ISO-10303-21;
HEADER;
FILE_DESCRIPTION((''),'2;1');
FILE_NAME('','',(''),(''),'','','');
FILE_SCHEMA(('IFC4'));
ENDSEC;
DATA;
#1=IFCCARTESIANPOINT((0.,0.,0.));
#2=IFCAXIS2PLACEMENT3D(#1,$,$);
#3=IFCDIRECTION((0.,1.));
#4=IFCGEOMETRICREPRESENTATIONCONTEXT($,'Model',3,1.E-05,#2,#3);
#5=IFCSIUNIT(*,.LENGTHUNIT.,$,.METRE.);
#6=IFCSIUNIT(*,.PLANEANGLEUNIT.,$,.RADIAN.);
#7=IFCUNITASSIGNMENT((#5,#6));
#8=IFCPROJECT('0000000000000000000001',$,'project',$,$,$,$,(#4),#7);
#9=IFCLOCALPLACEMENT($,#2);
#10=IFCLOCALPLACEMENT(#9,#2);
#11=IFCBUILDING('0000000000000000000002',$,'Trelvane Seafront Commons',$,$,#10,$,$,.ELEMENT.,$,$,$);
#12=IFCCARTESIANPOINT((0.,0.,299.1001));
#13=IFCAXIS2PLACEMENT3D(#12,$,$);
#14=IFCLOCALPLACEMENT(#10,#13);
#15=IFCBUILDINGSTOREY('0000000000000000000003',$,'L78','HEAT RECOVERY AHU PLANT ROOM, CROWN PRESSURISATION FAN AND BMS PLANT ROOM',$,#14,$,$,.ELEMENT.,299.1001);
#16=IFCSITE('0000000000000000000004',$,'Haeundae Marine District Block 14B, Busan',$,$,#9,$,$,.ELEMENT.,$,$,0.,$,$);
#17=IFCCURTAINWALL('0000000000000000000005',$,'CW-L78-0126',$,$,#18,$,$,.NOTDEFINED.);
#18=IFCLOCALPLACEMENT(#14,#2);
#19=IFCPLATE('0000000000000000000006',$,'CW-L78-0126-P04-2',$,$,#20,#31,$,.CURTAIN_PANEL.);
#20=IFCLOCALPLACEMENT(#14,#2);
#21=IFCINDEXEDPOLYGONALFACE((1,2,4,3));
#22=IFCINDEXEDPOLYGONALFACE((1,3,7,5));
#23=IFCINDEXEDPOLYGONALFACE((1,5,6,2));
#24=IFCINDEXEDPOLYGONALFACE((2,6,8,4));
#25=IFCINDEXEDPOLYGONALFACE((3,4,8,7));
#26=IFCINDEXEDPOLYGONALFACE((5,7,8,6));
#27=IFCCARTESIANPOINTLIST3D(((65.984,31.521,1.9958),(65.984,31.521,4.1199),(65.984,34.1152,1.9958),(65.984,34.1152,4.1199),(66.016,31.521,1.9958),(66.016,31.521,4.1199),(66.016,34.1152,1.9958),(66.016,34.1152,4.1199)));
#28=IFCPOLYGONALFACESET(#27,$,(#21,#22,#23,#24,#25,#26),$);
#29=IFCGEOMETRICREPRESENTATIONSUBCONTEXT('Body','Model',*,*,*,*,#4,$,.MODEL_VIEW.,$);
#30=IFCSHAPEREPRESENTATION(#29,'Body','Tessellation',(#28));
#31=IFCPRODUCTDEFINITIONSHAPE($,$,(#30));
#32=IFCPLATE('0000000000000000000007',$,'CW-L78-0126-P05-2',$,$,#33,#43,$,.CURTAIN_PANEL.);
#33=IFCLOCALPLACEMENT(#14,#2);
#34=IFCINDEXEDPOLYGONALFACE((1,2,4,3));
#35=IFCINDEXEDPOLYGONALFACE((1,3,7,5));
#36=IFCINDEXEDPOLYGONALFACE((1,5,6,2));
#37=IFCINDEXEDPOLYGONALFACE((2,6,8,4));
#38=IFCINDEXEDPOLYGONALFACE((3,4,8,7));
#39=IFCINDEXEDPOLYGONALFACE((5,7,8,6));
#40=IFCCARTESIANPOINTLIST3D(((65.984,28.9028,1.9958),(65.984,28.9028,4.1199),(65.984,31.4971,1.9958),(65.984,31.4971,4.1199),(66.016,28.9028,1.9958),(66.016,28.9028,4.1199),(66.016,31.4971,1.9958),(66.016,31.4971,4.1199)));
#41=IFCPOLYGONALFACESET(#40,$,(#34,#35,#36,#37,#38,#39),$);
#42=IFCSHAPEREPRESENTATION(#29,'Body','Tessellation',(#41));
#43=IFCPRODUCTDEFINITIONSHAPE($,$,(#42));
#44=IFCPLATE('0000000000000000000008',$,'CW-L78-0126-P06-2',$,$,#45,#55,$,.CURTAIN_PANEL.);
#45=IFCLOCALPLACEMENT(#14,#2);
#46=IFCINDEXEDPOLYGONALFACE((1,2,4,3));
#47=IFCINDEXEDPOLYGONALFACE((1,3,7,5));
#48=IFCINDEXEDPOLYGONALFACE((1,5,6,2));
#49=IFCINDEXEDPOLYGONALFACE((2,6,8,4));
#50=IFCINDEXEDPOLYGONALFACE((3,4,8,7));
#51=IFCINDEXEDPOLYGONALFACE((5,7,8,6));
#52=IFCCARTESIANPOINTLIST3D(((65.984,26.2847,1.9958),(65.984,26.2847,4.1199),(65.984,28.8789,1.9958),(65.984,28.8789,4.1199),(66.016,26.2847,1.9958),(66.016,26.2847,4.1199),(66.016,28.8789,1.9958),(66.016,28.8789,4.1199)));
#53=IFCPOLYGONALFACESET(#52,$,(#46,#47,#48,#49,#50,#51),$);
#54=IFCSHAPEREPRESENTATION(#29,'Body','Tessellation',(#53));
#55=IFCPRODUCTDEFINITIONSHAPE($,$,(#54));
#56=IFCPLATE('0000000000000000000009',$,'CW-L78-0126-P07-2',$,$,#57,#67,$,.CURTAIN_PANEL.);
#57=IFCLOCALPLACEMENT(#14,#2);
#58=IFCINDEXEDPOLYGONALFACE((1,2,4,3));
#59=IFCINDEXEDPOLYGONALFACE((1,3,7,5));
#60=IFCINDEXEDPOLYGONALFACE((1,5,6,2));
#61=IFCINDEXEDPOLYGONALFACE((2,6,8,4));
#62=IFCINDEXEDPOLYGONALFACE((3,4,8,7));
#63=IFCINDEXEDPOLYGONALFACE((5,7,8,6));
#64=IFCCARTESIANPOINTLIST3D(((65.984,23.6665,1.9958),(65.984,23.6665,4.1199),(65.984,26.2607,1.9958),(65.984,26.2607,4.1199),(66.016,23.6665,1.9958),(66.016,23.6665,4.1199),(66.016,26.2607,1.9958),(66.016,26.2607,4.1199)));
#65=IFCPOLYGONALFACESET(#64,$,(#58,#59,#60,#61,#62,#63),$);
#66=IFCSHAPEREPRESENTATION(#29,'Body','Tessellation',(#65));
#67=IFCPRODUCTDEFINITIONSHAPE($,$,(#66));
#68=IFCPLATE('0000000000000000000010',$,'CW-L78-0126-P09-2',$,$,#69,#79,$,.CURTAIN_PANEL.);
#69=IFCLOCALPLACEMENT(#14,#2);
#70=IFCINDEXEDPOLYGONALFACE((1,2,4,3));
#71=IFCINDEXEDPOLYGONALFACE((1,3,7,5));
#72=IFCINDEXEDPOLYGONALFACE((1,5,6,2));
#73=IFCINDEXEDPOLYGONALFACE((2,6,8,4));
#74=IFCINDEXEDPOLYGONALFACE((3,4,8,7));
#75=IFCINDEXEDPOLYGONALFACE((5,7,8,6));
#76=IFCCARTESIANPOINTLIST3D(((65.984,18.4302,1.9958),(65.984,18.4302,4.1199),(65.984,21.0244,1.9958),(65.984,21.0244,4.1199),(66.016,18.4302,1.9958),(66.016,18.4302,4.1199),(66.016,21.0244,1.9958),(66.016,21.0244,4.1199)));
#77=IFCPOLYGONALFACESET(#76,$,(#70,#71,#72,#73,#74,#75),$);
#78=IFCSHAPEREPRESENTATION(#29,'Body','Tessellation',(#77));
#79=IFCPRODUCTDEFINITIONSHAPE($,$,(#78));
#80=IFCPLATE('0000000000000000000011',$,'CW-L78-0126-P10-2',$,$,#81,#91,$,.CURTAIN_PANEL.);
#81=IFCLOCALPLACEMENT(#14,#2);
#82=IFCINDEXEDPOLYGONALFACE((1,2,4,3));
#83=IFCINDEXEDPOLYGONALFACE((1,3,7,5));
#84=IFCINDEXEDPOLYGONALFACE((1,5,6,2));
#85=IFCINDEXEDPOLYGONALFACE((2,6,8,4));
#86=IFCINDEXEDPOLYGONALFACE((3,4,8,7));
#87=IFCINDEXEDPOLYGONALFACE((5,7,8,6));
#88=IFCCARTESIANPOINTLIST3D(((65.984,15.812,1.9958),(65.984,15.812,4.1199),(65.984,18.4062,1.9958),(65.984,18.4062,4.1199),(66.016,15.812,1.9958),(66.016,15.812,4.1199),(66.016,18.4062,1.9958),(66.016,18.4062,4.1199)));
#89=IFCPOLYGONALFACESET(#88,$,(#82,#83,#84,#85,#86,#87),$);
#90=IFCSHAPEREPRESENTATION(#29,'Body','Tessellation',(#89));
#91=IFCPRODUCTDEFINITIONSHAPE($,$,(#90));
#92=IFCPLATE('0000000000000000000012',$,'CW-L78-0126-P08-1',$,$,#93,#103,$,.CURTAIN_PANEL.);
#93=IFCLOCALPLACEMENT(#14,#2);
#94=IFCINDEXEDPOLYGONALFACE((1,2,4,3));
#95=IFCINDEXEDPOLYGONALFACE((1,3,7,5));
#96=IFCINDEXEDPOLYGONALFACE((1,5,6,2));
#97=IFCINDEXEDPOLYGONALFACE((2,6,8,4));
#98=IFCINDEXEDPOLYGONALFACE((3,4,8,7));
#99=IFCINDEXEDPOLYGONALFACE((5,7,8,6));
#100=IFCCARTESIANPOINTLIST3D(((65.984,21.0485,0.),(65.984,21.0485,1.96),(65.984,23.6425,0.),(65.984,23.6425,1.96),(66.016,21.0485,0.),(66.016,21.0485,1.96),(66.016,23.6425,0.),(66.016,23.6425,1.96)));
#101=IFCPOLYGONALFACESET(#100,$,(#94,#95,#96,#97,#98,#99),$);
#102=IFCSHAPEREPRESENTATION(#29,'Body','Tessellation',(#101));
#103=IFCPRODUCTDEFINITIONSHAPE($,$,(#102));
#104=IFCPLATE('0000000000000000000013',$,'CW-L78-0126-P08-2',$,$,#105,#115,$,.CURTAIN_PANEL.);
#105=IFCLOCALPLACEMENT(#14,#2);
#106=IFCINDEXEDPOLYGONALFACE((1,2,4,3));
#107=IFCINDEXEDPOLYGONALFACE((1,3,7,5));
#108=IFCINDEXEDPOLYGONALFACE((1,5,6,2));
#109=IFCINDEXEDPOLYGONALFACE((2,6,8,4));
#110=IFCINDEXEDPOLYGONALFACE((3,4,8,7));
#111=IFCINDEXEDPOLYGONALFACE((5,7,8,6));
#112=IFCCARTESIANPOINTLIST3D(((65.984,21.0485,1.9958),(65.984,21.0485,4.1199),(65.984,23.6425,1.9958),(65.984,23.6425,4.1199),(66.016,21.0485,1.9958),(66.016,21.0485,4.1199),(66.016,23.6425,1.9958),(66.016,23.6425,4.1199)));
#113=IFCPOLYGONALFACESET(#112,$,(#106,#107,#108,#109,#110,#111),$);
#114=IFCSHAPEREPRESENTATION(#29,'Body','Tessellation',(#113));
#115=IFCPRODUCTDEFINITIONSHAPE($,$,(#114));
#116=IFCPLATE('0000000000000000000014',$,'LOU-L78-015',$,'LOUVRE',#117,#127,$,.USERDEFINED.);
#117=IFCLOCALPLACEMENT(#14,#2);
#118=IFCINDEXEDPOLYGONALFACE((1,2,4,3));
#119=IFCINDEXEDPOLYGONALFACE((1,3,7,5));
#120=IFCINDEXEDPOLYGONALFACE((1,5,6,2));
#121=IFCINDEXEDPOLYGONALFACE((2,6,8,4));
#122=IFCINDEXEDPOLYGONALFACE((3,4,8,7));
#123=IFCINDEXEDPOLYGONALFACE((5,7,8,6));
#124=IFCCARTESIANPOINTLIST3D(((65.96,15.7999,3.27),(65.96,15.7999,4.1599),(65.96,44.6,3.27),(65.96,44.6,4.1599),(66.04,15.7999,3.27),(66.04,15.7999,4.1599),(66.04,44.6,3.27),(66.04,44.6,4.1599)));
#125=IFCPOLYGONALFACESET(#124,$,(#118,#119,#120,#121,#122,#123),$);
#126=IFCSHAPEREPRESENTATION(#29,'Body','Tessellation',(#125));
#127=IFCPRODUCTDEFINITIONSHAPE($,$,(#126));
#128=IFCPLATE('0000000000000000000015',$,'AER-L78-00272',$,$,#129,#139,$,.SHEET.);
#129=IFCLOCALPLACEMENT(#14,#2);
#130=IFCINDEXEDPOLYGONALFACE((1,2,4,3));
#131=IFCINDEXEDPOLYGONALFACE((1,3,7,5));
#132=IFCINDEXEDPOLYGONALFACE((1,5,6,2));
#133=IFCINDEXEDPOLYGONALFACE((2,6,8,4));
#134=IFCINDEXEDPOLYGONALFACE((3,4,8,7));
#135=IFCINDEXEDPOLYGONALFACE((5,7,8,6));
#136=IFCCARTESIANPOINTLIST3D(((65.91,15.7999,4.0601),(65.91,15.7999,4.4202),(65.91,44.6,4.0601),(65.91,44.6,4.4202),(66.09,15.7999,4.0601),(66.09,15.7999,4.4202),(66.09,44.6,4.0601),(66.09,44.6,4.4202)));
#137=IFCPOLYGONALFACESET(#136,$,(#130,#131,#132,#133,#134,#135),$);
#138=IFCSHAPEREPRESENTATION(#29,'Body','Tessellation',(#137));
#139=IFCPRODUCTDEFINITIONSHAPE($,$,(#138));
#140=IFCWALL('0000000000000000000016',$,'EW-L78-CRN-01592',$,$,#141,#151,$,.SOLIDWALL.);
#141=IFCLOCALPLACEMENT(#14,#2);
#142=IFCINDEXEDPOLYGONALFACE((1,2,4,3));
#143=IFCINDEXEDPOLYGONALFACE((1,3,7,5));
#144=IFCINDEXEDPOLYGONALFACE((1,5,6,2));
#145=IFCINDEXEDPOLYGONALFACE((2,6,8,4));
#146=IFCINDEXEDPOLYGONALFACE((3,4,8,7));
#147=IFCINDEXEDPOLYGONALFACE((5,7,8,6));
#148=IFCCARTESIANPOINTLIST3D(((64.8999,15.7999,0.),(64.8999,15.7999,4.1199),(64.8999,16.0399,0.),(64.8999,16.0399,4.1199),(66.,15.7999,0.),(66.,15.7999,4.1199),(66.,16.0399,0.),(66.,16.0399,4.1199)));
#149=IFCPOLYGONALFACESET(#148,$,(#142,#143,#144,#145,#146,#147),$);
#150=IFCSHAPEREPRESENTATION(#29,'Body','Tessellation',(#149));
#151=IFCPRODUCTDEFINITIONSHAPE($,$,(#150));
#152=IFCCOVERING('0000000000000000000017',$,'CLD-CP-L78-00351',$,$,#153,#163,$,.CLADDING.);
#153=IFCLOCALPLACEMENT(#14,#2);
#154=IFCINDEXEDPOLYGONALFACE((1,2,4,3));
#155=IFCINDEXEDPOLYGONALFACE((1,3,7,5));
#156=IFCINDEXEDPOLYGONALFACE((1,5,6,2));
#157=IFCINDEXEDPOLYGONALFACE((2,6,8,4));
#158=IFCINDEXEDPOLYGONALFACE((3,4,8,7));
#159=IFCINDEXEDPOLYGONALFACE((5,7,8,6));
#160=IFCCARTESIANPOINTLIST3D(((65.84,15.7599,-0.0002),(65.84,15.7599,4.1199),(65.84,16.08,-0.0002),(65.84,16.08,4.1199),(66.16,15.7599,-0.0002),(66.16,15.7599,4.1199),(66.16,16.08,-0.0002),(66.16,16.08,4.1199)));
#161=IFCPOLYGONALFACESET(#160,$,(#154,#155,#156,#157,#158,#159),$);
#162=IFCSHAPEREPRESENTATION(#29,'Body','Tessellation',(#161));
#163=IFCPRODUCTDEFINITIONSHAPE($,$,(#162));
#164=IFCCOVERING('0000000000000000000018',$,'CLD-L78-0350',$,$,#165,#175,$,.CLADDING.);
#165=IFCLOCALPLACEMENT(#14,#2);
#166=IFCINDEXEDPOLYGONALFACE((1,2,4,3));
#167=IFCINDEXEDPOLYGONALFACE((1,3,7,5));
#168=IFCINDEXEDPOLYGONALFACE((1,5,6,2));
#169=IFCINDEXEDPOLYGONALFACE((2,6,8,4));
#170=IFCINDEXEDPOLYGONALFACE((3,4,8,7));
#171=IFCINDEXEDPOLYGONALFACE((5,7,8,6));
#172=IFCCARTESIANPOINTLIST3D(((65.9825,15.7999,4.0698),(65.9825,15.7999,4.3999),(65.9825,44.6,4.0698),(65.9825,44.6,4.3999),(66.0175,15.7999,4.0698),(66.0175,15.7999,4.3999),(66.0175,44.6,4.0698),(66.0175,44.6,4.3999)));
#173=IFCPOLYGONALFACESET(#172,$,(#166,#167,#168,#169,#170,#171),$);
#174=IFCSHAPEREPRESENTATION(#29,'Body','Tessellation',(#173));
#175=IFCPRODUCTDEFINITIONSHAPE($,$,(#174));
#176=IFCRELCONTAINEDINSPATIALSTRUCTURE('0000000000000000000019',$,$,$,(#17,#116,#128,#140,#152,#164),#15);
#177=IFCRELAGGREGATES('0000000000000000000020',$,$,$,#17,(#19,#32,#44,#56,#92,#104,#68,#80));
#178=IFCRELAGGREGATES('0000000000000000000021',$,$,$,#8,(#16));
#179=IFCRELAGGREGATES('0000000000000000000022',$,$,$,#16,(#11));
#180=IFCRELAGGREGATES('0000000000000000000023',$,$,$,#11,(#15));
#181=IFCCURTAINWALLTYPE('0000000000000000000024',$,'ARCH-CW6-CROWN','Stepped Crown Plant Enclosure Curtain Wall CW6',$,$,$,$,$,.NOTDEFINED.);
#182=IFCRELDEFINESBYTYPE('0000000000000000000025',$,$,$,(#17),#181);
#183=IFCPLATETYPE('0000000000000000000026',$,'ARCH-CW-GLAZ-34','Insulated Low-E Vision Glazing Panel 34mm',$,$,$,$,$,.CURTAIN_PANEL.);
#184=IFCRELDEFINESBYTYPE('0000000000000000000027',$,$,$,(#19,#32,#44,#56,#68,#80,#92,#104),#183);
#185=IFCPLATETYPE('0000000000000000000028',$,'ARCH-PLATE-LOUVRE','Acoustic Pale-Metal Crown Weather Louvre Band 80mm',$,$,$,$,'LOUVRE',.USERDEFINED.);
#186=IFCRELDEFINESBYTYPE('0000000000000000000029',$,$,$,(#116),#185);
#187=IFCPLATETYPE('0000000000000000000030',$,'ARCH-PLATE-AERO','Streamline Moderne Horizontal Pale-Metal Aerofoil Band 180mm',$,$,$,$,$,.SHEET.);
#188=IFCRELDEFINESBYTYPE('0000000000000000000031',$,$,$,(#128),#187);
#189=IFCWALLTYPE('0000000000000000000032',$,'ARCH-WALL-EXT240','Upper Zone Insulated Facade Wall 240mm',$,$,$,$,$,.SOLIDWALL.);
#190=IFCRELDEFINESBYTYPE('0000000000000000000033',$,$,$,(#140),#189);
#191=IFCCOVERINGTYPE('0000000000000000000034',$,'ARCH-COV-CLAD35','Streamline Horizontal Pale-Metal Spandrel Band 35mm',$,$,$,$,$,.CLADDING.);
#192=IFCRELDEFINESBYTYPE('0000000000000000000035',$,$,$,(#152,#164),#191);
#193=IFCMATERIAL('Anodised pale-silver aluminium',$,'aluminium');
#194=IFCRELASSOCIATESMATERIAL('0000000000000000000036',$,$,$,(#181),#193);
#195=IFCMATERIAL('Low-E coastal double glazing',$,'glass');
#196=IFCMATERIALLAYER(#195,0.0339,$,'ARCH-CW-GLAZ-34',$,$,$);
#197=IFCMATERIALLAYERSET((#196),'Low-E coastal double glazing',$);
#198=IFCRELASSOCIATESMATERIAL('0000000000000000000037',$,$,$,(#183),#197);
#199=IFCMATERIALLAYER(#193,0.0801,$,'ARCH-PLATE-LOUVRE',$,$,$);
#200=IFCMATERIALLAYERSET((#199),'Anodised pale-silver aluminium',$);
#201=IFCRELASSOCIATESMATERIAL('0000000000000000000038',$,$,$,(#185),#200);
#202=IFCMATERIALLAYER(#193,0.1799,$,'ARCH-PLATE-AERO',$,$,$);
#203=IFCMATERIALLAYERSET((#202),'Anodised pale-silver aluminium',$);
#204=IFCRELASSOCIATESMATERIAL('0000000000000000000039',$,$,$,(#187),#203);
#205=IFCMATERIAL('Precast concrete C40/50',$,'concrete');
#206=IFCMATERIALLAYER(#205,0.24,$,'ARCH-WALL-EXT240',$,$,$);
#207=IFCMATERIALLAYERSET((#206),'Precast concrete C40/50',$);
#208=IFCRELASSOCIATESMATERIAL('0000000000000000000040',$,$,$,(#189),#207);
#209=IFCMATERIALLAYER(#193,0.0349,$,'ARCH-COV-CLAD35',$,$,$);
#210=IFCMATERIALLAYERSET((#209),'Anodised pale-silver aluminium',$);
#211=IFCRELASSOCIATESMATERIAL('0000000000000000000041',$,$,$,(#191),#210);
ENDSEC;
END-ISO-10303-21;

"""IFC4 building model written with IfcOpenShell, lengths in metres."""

from ifc_helpers import new_model, si_unit, direction, frame, frame_2d, origin, origin_2d, place, context, subcontext, project, spatial, rectangle, extrude, source, transform, mapped, material, layer, layer_set, type_object, element, aggregate, save


model = new_model("IFC4")

# Units and contexts
model_context = context("Model", 3, precision=1e-05, world=origin(), true_north=direction((0.0, 1.0)))
body_context = subcontext(model_context, "Body", "Model", "MODEL_VIEW")
ifc_project = project(units=[si_unit("LENGTHUNIT", "METRE"), si_unit("PLANEANGLEUNIT", "RADIAN")], contexts=[model_context])

# Site, building, storey
site_placement = place(None, origin())
site = spatial("IfcSite", under=ifc_project, at=site_placement, Name="Haeundae Marine District Block 14B, Busan", CompositionType="ELEMENT", RefElevation=0.0)
building_placement = place(site_placement, origin())
building = spatial("IfcBuilding", under=site, at=building_placement, Name="Trelvane Seafront Commons", CompositionType="ELEMENT")
storey_placement = place(building_placement, frame((0.0, 0.0, 299.1001)))
storey = spatial("IfcBuildingStorey", under=building, at=storey_placement, Name="L78", Description="HEAT RECOVERY AHU PLANT ROOM, CROWN PRESSURISATION FAN AND BMS PLANT ROOM", CompositionType="ELEMENT", Elevation=299.1001)

# Curtain wall
ifc_material_1 = material(Name="Anodised pale-silver aluminium", Category="aluminium")
curtain_wall_type = type_object("IfcCurtainWallType", Name="ARCH-CW6-CROWN", Description="Stepped Crown Plant Enclosure Curtain Wall CW6", PredefinedType="NOTDEFINED", material=ifc_material_1)
curtain_wall_placement = place(storey_placement, origin())
curtain_wall = element("IfcCurtainWall", 1, at=curtain_wall_placement, inside=storey, type_object=curtain_wall_type, Name="CW-L78-0126", PredefinedType="NOTDEFINED")

# Plates
ifc_material_2 = material(Name="Low-E coastal double glazing", Category="glass")
ifc_layer_1 = layer(ifc_material_2, 0.0339, Name="ARCH-CW-GLAZ-34")
ifc_layer_set_1 = layer_set([ifc_layer_1], Name="Low-E coastal double glazing")
plate_type_1 = type_object("IfcPlateType", Name="ARCH-CW-GLAZ-34", Description="Insulated Low-E Vision Glazing Panel 34mm", PredefinedType="CURTAIN_PANEL", material=ifc_layer_set_1)
shared_shape_1 = source(origin(), body_context, "Body", "SweptSolid", [
    extrude(rectangle(XDim=2.5942, YDim=0.032, at=origin_2d()), origin(), (0.0, 0.0, 1.0), 2.124),
])
plate_1_placement = place(storey_placement, frame((66.0, 32.8181, 1.9958), z_axis=(0.0, 0.0, 1.0), x_axis=(0.0, -1.0, 0.0)))
plate_1 = element("IfcPlate", 2, at=plate_1_placement, type_object=plate_type_1, Name="CW-L78-0126-P04-2", PredefinedType="CURTAIN_PANEL", context=body_context, shape_type="MappedRepresentation", body=[
    mapped(shared_shape_1, transform((0.0, 0.0, 0.0), x_axis=(1.0, 0.0, 0.0), y_axis=(0.0, 1.0, 0.0), z_axis=(0.0, 0.0, 1.0), scale=1.0)),
])
plate_2_placement = place(storey_placement, frame((66.0, 30.2, 1.9958), z_axis=(0.0, 0.0, 1.0), x_axis=(0.0, -1.0, 0.0)))
plate_2 = element("IfcPlate", 3, at=plate_2_placement, type_object=plate_type_1, Name="CW-L78-0126-P05-2", PredefinedType="CURTAIN_PANEL", context=body_context, shape_type="MappedRepresentation", body=[
    mapped(shared_shape_1, transform((0.0, 0.0, 0.0), x_axis=(1.0, 0.0, 0.0), y_axis=(0.0, 1.0, 0.0), z_axis=(0.0, 0.0, 1.0), scale=1.0)),
])
plate_3_placement = place(storey_placement, frame((66.0, 27.5818, 1.9958), z_axis=(0.0, 0.0, 1.0), x_axis=(0.0, -1.0, 0.0)))
plate_3 = element("IfcPlate", 4, at=plate_3_placement, type_object=plate_type_1, Name="CW-L78-0126-P06-2", PredefinedType="CURTAIN_PANEL", context=body_context, shape_type="MappedRepresentation", body=[
    mapped(shared_shape_1, transform((0.0, 0.0, 0.0), x_axis=(1.0, 0.0, 0.0), y_axis=(0.0, 1.0, 0.0), z_axis=(0.0, 0.0, 1.0), scale=1.0)),
])
plate_4_placement = place(storey_placement, frame((66.0, 24.9636, 1.9958), z_axis=(0.0, 0.0, 1.0), x_axis=(0.0, -1.0, 0.0)))
plate_4 = element("IfcPlate", 5, at=plate_4_placement, type_object=plate_type_1, Name="CW-L78-0126-P07-2", PredefinedType="CURTAIN_PANEL", context=body_context, shape_type="MappedRepresentation", body=[
    mapped(shared_shape_1, transform((0.0, 0.0, 0.0), x_axis=(1.0, 0.0, 0.0), y_axis=(0.0, 1.0, 0.0), z_axis=(0.0, 0.0, 1.0), scale=1.0)),
])
plate_5_placement = place(storey_placement, frame((66.0, 19.7273, 1.9958), z_axis=(0.0, 0.0, 1.0), x_axis=(0.0, -1.0, 0.0)))
plate_5 = element("IfcPlate", 6, at=plate_5_placement, type_object=plate_type_1, Name="CW-L78-0126-P09-2", PredefinedType="CURTAIN_PANEL", context=body_context, shape_type="MappedRepresentation", body=[
    mapped(shared_shape_1, transform((0.0, 0.0, 0.0), x_axis=(1.0, 0.0, 0.0), y_axis=(0.0, 1.0, 0.0), z_axis=(0.0, 0.0, 1.0), scale=1.0)),
])
plate_6_placement = place(storey_placement, frame((66.0, 17.1091, 1.9958), z_axis=(0.0, 0.0, 1.0), x_axis=(0.0, -1.0, 0.0)))
plate_6 = element("IfcPlate", 7, at=plate_6_placement, type_object=plate_type_1, Name="CW-L78-0126-P10-2", PredefinedType="CURTAIN_PANEL", context=body_context, shape_type="MappedRepresentation", body=[
    mapped(shared_shape_1, transform((0.0, 0.0, 0.0), x_axis=(1.0, 0.0, 0.0), y_axis=(0.0, 1.0, 0.0), z_axis=(0.0, 0.0, 1.0), scale=1.0)),
])
shared_shape_2 = source(origin(), body_context, "Body", "SweptSolid", [
    extrude(rectangle(XDim=2.594, YDim=0.032, at=origin_2d()), origin(), (0.0, 0.0, 1.0), 1.96),
])
plate_7_placement = place(storey_placement, frame((66.0, 22.3455, 0.0), z_axis=(0.0, 0.0, 1.0), x_axis=(0.0, -1.0, 0.0)))
plate_7 = element("IfcPlate", 8, at=plate_7_placement, type_object=plate_type_1, Name="CW-L78-0126-P08-1", PredefinedType="CURTAIN_PANEL", context=body_context, shape_type="MappedRepresentation", body=[
    mapped(shared_shape_2, transform((0.0, 0.0, 0.0), x_axis=(1.0, 0.0, 0.0), y_axis=(0.0, 1.0, 0.0), z_axis=(0.0, 0.0, 1.0), scale=1.0)),
])
shared_shape_3 = source(origin(), body_context, "Body", "SweptSolid", [
    extrude(rectangle(XDim=2.594, YDim=0.032, at=origin_2d()), origin(), (0.0, 0.0, 1.0), 2.124),
])
plate_8_placement = place(storey_placement, frame((66.0, 22.3455, 1.9958), z_axis=(0.0, 0.0, 1.0), x_axis=(0.0, -1.0, 0.0)))
plate_8 = element("IfcPlate", 9, at=plate_8_placement, type_object=plate_type_1, Name="CW-L78-0126-P08-2", PredefinedType="CURTAIN_PANEL", context=body_context, shape_type="MappedRepresentation", body=[
    mapped(shared_shape_3, transform((0.0, 0.0, 0.0), x_axis=(1.0, 0.0, 0.0), y_axis=(0.0, 1.0, 0.0), z_axis=(0.0, 0.0, 1.0), scale=1.0)),
])
aggregate(curtain_wall, [plate_1, plate_2, plate_3, plate_4, plate_7, plate_8, plate_5, plate_6])

# Plates
ifc_layer_2 = layer(ifc_material_1, 0.0801, Name="ARCH-PLATE-LOUVRE")
ifc_layer_set_2 = layer_set([ifc_layer_2], Name="Anodised pale-silver aluminium")
plate_type_2 = type_object("IfcPlateType", Name="ARCH-PLATE-LOUVRE", Description="Acoustic Pale-Metal Crown Weather Louvre Band 80mm", ElementType="LOUVRE", PredefinedType="USERDEFINED", material=ifc_layer_set_2)
shared_shape_4 = source(origin(), body_context, "Body", "SweptSolid", [
    extrude(rectangle(XDim=28.8, YDim=0.0801, at=origin_2d()), origin(), (0.0, 0.0, 1.0), 0.8899),
])
plate_9_placement = place(storey_placement, frame((66.0, 30.2, 3.27), z_axis=(0.0, 0.0, 1.0), x_axis=(0.0, -1.0, 0.0)))
element("IfcPlate", 10, at=plate_9_placement, inside=storey, type_object=plate_type_2, Name="LOU-L78-015", ObjectType="LOUVRE", PredefinedType="USERDEFINED", context=body_context, shape_type="MappedRepresentation", body=[
    mapped(shared_shape_4, transform((0.0, 0.0, 0.0), x_axis=(1.0, 0.0, 0.0), y_axis=(0.0, 1.0, 0.0), z_axis=(0.0, 0.0, 1.0), scale=1.0)),
])
ifc_layer_3 = layer(ifc_material_1, 0.1799, Name="ARCH-PLATE-AERO")
ifc_layer_set_3 = layer_set([ifc_layer_3], Name="Anodised pale-silver aluminium")
plate_type_3 = type_object("IfcPlateType", Name="ARCH-PLATE-AERO", Description="Streamline Moderne Horizontal Pale-Metal Aerofoil Band 180mm", PredefinedType="SHEET", material=ifc_layer_set_3)
shared_shape_5 = source(origin(), body_context, "Body", "SweptSolid", [
    extrude(rectangle(XDim=28.8, YDim=0.1799, at=origin_2d()), origin(), (0.0, 0.0, 1.0), 0.3601),
])
plate_10_placement = place(storey_placement, frame((66.0, 30.2, 4.0601), z_axis=(0.0, 0.0, 1.0), x_axis=(0.0, -1.0, 0.0)))
element("IfcPlate", 11, at=plate_10_placement, inside=storey, type_object=plate_type_3, Name="AER-L78-00272", PredefinedType="SHEET", context=body_context, shape_type="MappedRepresentation", body=[
    mapped(shared_shape_5, transform((0.0, 0.0, 0.0), x_axis=(1.0, 0.0, 0.0), y_axis=(0.0, 1.0, 0.0), z_axis=(0.0, 0.0, 1.0), scale=1.0)),
])

# Wall
ifc_material_3 = material(Name="Precast concrete C40/50", Category="concrete")
ifc_layer_4 = layer(ifc_material_3, 0.24, Name="ARCH-WALL-EXT240")
ifc_layer_set_4 = layer_set([ifc_layer_4], Name="Precast concrete C40/50")
wall_type = type_object("IfcWallType", Name="ARCH-WALL-EXT240", Description="Upper Zone Insulated Facade Wall 240mm", PredefinedType="SOLIDWALL", material=ifc_layer_set_4)
wall_placement = place(storey_placement, frame((66.0, 15.9199, 0.0), z_axis=(0.0, 0.0, 1.0), x_axis=(-1.0, 0.0, 0.0)))
element("IfcWall", 12, at=wall_placement, inside=storey, type_object=wall_type, Name="EW-L78-CRN-01592", PredefinedType="SOLIDWALL", context=body_context, shape_type="SweptSolid", body=[
    extrude(rectangle(XDim=1.1001, YDim=0.24, at=frame_2d((0.55, 0.0))), origin(), (0.0, 0.0, 1.0), 4.1199),
])

# Coverings
ifc_layer_5 = layer(ifc_material_1, 0.0349, Name="ARCH-COV-CLAD35")
ifc_layer_set_5 = layer_set([ifc_layer_5], Name="Anodised pale-silver aluminium")
covering_type = type_object("IfcCoveringType", Name="ARCH-COV-CLAD35", Description="Streamline Horizontal Pale-Metal Spandrel Band 35mm", PredefinedType="CLADDING", material=ifc_layer_set_5)
shared_shape_6 = source(origin(), body_context, "Body", "SweptSolid", [
    extrude(rectangle(XDim=0.3201, YDim=0.3201, at=origin_2d()), origin(), (0.0, 0.0, 1.0), 4.1201),
])
covering_1_placement = place(storey_placement, frame((66.0, 15.9199, -0.0002), z_axis=(0.0, 0.0, 1.0), x_axis=(1.0, 0.0, 0.0)))
element("IfcCovering", 13, at=covering_1_placement, inside=storey, type_object=covering_type, Name="CLD-CP-L78-00351", PredefinedType="CLADDING", context=body_context, shape_type="MappedRepresentation", body=[
    mapped(shared_shape_6, transform((0.0, 0.0, 0.0), x_axis=(1.0, 0.0, 0.0), y_axis=(0.0, 1.0, 0.0), z_axis=(0.0, 0.0, 1.0), scale=1.0)),
])
shared_shape_7 = source(origin(), body_context, "Body", "SweptSolid", [
    extrude(rectangle(XDim=28.8, YDim=0.0349, at=origin_2d()), origin(), (0.0, 0.0, 1.0), 0.3301),
])
covering_2_placement = place(storey_placement, frame((66.0, 30.2, 4.0698), z_axis=(0.0, 0.0, 1.0), x_axis=(0.0, -1.0, 0.0)))
element("IfcCovering", 14, at=covering_2_placement, inside=storey, type_object=covering_type, Name="CLD-L78-0350", PredefinedType="CLADDING", context=body_context, shape_type="MappedRepresentation", body=[
    mapped(shared_shape_7, transform((0.0, 0.0, 0.0), x_axis=(1.0, 0.0, 0.0), y_axis=(0.0, 1.0, 0.0), z_axis=(0.0, 0.0, 1.0), scale=1.0)),
])

save(model, "model.ifc")
